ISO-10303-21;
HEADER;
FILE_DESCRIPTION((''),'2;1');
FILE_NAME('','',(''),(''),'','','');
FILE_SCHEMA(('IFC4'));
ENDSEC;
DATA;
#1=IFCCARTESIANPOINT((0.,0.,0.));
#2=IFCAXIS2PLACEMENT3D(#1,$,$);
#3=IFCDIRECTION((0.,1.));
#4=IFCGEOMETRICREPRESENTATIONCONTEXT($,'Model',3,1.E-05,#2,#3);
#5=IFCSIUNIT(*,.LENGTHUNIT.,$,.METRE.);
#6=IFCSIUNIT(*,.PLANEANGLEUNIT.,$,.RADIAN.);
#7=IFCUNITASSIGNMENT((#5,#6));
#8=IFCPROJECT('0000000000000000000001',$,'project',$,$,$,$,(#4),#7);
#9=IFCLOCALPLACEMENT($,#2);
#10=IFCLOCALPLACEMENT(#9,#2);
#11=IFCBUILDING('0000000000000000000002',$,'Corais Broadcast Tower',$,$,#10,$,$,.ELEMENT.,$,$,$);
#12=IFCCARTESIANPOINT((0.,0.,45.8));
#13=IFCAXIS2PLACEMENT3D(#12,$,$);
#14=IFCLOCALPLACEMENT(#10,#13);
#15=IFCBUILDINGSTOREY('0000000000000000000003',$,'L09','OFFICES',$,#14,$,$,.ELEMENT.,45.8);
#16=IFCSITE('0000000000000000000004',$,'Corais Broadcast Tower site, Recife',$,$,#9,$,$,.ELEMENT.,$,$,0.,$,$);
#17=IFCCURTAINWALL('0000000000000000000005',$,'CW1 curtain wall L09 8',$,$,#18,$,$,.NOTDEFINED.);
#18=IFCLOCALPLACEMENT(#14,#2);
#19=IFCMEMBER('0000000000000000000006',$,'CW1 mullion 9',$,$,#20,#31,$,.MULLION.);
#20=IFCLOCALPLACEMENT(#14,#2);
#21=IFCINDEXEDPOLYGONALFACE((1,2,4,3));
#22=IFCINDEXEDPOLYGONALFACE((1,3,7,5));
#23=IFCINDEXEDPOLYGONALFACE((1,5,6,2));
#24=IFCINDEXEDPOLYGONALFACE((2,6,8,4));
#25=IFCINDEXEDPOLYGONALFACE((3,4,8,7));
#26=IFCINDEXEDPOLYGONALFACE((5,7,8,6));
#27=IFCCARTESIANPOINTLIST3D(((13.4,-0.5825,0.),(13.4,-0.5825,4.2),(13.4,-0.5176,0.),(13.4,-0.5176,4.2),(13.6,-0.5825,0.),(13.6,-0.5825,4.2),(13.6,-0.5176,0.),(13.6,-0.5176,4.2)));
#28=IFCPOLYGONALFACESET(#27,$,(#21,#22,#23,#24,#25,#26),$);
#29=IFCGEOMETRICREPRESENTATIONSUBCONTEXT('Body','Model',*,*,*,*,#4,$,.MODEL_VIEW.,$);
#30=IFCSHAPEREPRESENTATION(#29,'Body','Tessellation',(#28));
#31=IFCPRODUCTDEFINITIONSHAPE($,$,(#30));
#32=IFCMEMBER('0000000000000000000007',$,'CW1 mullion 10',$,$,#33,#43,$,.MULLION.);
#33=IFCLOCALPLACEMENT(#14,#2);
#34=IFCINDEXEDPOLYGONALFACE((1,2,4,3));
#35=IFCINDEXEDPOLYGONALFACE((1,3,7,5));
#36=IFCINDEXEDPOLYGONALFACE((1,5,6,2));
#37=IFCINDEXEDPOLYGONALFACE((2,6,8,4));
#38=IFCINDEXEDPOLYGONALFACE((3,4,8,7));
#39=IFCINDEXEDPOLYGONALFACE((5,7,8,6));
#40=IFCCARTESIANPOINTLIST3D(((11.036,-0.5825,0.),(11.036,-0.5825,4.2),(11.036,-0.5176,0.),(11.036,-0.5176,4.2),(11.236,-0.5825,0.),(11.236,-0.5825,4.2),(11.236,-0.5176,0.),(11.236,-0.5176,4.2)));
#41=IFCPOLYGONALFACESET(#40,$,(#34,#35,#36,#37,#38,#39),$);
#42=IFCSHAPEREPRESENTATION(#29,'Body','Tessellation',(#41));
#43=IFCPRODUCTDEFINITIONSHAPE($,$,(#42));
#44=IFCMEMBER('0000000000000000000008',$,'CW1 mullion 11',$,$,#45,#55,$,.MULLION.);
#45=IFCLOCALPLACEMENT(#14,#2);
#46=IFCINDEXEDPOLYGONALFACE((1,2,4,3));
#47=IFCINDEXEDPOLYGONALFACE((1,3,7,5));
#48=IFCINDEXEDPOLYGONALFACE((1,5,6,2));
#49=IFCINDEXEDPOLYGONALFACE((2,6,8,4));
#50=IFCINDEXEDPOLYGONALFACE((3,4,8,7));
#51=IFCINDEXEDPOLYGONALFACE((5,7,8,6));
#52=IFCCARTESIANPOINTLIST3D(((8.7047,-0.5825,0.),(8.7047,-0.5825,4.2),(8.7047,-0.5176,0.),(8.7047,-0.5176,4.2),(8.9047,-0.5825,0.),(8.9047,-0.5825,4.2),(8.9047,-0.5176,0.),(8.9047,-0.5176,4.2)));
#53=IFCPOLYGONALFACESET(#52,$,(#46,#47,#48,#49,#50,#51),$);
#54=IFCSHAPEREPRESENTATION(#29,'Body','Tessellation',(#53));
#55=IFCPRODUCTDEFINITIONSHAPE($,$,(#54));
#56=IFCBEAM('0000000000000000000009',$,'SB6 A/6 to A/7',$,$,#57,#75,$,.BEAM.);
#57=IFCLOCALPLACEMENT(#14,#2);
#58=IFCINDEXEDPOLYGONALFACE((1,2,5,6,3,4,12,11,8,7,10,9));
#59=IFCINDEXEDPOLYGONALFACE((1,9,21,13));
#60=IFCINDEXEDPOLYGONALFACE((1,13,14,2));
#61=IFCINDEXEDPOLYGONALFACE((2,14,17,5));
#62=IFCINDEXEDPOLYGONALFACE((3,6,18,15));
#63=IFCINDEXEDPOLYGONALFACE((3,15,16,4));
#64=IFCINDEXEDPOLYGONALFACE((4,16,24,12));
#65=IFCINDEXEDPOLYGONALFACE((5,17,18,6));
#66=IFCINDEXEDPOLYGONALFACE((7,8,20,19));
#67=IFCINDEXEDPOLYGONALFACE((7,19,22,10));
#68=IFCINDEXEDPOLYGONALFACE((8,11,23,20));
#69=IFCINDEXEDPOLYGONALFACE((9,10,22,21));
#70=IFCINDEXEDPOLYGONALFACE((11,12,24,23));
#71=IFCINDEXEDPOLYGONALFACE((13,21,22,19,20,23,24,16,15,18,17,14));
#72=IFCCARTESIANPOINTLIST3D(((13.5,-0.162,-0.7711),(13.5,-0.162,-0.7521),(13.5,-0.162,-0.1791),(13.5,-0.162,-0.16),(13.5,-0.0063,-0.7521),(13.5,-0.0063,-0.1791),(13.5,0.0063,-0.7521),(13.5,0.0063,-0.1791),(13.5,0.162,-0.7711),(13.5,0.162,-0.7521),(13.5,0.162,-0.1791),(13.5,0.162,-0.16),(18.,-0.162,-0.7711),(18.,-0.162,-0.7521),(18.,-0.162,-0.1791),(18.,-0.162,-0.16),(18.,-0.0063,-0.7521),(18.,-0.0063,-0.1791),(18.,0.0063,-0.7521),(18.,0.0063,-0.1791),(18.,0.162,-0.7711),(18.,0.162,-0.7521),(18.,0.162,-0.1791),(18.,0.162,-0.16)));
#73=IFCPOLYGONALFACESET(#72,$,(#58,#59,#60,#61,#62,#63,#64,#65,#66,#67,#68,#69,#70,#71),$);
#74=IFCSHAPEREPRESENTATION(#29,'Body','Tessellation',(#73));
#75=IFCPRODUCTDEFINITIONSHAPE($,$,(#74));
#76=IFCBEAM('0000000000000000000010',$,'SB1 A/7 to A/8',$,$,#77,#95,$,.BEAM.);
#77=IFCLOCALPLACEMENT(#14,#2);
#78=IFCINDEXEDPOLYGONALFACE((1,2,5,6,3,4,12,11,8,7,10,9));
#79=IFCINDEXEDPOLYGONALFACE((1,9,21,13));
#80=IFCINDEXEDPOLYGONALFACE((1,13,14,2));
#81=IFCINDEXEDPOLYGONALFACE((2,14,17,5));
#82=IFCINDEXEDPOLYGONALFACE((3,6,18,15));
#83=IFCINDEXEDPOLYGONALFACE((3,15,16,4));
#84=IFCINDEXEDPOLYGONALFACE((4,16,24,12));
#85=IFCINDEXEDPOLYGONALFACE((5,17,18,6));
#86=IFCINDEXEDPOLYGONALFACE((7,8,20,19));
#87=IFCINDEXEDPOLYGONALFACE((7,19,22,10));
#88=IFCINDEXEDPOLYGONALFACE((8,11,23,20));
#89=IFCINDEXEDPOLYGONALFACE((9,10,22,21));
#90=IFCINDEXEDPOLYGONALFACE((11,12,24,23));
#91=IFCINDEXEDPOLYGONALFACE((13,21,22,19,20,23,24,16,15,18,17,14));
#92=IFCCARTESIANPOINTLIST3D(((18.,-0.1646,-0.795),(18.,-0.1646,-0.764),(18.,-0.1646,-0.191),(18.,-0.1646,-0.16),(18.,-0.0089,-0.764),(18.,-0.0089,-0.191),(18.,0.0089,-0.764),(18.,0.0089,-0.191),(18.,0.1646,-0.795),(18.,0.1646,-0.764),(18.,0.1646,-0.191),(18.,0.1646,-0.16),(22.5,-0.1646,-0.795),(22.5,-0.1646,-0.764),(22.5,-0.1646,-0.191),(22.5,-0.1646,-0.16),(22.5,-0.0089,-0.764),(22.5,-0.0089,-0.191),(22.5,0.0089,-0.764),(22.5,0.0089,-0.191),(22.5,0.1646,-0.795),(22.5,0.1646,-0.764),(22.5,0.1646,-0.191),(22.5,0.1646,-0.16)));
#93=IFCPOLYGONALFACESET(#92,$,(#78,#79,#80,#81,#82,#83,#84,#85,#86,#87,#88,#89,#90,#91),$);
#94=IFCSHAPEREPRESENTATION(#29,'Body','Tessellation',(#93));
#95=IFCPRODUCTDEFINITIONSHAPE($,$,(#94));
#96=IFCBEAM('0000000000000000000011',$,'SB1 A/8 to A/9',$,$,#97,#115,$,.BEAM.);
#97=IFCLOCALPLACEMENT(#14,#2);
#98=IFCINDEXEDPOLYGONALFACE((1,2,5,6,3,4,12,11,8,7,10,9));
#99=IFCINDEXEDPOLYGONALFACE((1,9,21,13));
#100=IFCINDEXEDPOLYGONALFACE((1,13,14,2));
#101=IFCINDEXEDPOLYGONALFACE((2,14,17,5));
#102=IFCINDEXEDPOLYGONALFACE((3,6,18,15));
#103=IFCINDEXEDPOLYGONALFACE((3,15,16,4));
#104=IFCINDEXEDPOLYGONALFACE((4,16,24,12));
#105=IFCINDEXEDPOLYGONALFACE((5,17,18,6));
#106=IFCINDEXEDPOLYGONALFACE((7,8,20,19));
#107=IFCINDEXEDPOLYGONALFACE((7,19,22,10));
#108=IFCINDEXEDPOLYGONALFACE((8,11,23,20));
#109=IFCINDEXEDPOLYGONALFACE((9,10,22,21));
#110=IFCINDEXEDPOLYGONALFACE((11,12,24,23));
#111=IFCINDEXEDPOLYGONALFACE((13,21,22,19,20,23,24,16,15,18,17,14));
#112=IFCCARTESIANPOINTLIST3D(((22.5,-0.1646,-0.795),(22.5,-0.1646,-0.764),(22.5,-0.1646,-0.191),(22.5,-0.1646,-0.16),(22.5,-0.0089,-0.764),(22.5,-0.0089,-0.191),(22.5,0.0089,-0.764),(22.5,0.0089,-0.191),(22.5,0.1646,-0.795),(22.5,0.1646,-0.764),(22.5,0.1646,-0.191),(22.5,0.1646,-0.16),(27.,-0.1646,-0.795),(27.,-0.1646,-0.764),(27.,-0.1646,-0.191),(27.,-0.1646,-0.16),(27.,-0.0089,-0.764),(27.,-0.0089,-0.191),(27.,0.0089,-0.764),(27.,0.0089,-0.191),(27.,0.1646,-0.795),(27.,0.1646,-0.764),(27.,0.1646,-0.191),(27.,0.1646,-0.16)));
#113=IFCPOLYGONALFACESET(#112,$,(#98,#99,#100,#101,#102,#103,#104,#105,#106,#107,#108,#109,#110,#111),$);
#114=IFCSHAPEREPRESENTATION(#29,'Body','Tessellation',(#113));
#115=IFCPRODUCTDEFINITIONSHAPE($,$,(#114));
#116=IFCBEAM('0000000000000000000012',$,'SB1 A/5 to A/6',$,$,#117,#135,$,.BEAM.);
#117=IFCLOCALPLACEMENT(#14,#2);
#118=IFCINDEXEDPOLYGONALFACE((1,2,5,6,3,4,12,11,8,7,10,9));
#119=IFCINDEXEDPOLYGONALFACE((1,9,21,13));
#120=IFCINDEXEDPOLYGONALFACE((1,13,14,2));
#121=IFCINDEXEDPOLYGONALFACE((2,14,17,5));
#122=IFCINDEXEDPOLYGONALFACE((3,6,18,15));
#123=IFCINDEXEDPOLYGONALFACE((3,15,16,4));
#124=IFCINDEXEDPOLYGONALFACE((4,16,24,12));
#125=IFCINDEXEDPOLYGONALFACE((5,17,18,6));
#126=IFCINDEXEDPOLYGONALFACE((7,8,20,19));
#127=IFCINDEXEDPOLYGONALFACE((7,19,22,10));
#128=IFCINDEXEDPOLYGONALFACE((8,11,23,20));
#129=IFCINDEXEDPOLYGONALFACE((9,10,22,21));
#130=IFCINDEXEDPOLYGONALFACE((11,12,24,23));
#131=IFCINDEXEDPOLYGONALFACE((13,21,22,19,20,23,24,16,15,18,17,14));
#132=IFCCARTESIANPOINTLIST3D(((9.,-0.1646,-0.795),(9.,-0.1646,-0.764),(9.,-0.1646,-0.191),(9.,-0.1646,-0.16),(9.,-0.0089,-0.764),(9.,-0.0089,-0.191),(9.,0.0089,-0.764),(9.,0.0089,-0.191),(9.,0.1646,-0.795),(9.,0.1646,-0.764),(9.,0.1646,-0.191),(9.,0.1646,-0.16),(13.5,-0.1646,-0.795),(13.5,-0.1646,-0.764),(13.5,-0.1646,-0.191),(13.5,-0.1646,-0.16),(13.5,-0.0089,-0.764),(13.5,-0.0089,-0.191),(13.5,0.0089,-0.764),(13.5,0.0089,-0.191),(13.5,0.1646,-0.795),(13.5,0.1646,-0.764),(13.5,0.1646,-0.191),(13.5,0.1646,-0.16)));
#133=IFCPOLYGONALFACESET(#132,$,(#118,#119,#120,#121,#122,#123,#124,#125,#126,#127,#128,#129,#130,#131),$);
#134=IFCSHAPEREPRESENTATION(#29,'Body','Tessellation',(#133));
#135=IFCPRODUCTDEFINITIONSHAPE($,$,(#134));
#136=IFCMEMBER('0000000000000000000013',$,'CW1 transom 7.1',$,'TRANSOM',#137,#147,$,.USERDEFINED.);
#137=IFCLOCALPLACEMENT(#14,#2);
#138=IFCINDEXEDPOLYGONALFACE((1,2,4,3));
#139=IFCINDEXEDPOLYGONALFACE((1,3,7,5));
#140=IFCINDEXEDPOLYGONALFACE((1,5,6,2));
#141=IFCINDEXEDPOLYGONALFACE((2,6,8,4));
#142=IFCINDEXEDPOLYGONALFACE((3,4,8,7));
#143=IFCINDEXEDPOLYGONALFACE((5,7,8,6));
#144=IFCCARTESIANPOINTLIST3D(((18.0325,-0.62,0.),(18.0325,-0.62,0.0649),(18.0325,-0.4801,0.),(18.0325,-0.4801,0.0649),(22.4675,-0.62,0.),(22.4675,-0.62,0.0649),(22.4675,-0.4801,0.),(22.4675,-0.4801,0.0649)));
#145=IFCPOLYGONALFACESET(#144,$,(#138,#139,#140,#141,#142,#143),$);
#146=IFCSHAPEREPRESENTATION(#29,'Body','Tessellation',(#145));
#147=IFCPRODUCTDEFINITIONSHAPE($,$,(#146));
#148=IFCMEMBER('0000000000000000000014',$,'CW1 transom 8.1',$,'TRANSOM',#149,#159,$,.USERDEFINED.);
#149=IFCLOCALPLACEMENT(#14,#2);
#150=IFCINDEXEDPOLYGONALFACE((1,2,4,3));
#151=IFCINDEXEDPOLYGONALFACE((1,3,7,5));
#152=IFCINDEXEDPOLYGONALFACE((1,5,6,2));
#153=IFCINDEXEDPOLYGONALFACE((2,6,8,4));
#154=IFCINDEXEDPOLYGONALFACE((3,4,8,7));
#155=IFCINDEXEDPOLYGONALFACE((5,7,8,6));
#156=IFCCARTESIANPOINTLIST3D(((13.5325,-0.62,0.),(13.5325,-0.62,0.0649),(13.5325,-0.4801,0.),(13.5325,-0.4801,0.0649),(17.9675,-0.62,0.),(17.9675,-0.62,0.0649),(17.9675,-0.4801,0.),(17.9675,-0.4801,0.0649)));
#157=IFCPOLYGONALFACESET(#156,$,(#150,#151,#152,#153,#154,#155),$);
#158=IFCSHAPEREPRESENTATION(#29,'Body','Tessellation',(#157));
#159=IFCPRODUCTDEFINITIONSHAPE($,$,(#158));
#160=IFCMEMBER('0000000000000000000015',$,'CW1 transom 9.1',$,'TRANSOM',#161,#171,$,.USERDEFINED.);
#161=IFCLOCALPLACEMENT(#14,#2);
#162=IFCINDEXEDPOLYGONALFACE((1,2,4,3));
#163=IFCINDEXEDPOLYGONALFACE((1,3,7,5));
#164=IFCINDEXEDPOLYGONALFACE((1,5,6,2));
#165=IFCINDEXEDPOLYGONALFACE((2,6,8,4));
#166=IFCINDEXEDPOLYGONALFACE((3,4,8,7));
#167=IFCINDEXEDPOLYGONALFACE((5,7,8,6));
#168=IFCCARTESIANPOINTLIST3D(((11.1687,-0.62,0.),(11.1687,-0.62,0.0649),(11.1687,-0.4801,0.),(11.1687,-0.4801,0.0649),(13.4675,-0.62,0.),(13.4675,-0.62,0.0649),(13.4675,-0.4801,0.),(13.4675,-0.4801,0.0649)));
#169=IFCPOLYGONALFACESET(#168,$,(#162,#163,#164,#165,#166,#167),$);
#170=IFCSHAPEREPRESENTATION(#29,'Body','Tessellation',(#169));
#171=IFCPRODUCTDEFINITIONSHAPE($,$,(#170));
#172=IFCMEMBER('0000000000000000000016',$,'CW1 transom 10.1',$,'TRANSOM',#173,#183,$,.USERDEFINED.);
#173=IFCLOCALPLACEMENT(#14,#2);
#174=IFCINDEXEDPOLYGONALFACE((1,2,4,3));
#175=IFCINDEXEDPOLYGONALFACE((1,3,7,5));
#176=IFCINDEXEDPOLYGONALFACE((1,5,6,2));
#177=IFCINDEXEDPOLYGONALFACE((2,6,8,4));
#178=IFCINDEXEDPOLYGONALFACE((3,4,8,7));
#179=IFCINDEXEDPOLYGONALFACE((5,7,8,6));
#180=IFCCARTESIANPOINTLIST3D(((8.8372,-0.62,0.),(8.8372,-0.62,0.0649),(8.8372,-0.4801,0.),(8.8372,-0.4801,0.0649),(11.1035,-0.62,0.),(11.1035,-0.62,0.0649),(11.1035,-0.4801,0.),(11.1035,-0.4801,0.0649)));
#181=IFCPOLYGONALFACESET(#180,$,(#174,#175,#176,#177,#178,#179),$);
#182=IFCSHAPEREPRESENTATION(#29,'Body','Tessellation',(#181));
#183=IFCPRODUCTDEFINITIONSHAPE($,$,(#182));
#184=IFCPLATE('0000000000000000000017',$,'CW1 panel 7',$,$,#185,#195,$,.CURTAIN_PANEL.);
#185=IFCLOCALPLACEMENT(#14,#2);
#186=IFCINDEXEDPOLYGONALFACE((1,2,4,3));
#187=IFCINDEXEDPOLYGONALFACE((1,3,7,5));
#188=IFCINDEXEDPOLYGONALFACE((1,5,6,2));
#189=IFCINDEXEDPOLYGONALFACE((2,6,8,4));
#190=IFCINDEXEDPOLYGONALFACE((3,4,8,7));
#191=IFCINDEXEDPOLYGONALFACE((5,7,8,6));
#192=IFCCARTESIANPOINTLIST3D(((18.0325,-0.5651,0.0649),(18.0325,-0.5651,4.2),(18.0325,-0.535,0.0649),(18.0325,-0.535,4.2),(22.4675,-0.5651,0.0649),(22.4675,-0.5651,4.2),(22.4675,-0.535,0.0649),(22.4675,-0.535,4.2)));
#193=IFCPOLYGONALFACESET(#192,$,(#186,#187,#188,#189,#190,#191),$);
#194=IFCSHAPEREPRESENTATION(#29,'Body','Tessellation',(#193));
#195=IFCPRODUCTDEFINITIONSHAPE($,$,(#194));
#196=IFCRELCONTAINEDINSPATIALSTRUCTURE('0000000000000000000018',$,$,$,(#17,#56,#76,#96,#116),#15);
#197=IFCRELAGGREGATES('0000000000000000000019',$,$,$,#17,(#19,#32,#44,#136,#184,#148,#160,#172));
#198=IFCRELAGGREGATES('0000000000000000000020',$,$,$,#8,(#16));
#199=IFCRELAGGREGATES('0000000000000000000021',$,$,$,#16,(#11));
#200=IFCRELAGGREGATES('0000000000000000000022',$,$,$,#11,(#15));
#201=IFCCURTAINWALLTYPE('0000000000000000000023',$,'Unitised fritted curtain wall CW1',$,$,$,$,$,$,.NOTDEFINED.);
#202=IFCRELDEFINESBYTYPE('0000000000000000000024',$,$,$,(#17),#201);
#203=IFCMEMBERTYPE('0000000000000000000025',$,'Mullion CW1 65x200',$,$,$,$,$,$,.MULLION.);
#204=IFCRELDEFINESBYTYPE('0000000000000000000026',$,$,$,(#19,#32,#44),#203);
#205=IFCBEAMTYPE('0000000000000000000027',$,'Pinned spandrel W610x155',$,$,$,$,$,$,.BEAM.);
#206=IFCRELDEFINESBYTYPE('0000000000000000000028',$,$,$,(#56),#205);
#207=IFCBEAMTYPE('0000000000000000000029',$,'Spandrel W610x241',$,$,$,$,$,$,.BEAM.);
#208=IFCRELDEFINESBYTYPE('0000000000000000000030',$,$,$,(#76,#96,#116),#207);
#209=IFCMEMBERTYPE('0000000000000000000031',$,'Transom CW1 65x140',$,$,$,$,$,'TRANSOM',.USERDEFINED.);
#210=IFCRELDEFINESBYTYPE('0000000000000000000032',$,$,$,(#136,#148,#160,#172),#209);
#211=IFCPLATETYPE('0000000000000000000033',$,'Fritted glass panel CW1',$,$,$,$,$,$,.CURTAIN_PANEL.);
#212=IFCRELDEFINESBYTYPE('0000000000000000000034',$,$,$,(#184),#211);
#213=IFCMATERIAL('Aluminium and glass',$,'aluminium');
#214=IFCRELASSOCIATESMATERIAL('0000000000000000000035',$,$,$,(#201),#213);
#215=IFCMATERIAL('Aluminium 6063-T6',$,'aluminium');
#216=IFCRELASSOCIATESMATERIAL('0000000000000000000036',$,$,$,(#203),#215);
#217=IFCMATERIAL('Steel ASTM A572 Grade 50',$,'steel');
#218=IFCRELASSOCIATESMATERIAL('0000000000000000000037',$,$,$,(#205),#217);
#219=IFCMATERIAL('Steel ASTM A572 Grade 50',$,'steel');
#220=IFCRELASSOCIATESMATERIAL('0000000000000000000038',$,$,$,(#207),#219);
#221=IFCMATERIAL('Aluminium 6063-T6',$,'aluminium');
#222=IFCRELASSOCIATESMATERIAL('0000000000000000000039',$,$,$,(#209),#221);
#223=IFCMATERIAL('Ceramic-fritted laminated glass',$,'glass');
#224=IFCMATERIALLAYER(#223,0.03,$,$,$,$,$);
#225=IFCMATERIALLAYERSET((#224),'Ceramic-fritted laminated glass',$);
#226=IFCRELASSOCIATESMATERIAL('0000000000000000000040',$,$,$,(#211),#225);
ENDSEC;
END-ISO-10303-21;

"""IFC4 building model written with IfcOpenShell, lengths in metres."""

from ifc_helpers import new_model, si_unit, direction, frame, origin, origin_2d, place, context, subcontext, project, spatial, rectangle, i_section, extrude, material, layer, layer_set, material_profile, profile_set, type_object, element, aggregate, save


model = new_model("IFC4")

# Units and contexts
model_context = context("Model", 3, precision=1e-05, world=origin(), true_north=direction((0.0, 1.0)))
body_context = subcontext(model_context, "Body", "Model", "MODEL_VIEW")
ifc_project = project(units=[si_unit("LENGTHUNIT", "METRE"), si_unit("PLANEANGLEUNIT", "RADIAN")], contexts=[model_context])

# Site, building, storey
site_placement = place(None, origin())
site = spatial("IfcSite", under=ifc_project, at=site_placement, Name="Corais Broadcast Tower site, Recife", CompositionType="ELEMENT", RefElevation=0.0)
building_placement = place(site_placement, origin())
building = spatial("IfcBuilding", under=site, at=building_placement, Name="Corais Broadcast Tower", CompositionType="ELEMENT")
storey_placement = place(building_placement, frame((0.0, 0.0, 45.8)))
storey = spatial("IfcBuildingStorey", under=building, at=storey_placement, Name="L09", Description="OFFICES", CompositionType="ELEMENT", Elevation=45.8)

# Curtain wall, members
ifc_material_1 = material(Name="Aluminium and glass", Category="aluminium")
curtain_wall_type = type_object("IfcCurtainWallType", Name="Unitised fritted curtain wall CW1", PredefinedType="NOTDEFINED", material=ifc_material_1)
curtain_wall_placement = place(storey_placement, origin())
curtain_wall = element("IfcCurtainWall", 1, at=curtain_wall_placement, inside=storey, type_object=curtain_wall_type, Name="CW1 curtain wall L09 8", PredefinedType="NOTDEFINED")
ifc_material_2 = material(Name="Aluminium 6063-T6", Category="aluminium")
ifc_material_profile_1 = material_profile(ifc_material_2, rectangle(XDim=0.0649, YDim=0.2, at=origin_2d()), Name="Mullion CW1 65x200")
ifc_profile_set_1 = profile_set([ifc_material_profile_1], Name="Aluminium 6063-T6")
member_type_1 = type_object("IfcMemberType", Name="Mullion CW1 65x200", PredefinedType="MULLION", material=ifc_profile_set_1)
member_1_placement = place(storey_placement, frame((13.5, -0.55, 0.0), z_axis=(0.0, 0.0, 1.0), x_axis=(0.0, -1.0, 0.0)))
member_1 = element("IfcMember", 2, at=member_1_placement, type_object=member_type_1, Name="CW1 mullion 9", PredefinedType="MULLION", context=body_context, shape_type="SweptSolid", body=[
    extrude(rectangle(XDim=0.0649, YDim=0.2, at=origin_2d()), origin(), (0.0, 0.0, 1.0), 4.2),
])
member_2_placement = place(storey_placement, frame((11.136, -0.55, 0.0), z_axis=(0.0, 0.0, 1.0), x_axis=(0.0, -1.0, 0.0)))
member_2 = element("IfcMember", 3, at=member_2_placement, type_object=member_type_1, Name="CW1 mullion 10", PredefinedType="MULLION", context=body_context, shape_type="SweptSolid", body=[
    extrude(rectangle(XDim=0.0649, YDim=0.2, at=origin_2d()), origin(), (0.0, 0.0, 1.0), 4.2),
])
member_3_placement = place(storey_placement, frame((8.8047, -0.55, 0.0), z_axis=(0.0, 0.0, 1.0), x_axis=(0.0, -1.0, 0.0)))
member_3 = element("IfcMember", 4, at=member_3_placement, type_object=member_type_1, Name="CW1 mullion 11", PredefinedType="MULLION", context=body_context, shape_type="SweptSolid", body=[
    extrude(rectangle(XDim=0.0649, YDim=0.2, at=origin_2d()), origin(), (0.0, 0.0, 1.0), 4.2),
])

# Beams
ifc_material_3 = material(Name="Steel ASTM A572 Grade 50", Category="steel")
ifc_material_profile_2 = material_profile(ifc_material_3, i_section(OverallWidth=0.324, OverallDepth=0.6111, WebThickness=0.0127, FlangeThickness=0.019, at=origin_2d()), Name="W610x155")
ifc_profile_set_2 = profile_set([ifc_material_profile_2], Name="Steel ASTM A572 Grade 50")
beam_type_1 = type_object("IfcBeamType", Name="Pinned spandrel W610x155", PredefinedType="BEAM", material=ifc_profile_set_2)
beam_1_placement = place(storey_placement, frame((13.5, 0.0, -0.4656), z_axis=(1.0, 0.0, 0.0), x_axis=(0.0, 1.0, 0.0)))
element("IfcBeam", 5, at=beam_1_placement, inside=storey, type_object=beam_type_1, Name="SB6 A/6 to A/7", PredefinedType="BEAM", context=body_context, shape_type="SweptSolid", body=[
    extrude(i_section(OverallWidth=0.324, OverallDepth=0.6111, WebThickness=0.0127, FlangeThickness=0.019, at=origin_2d()), origin(), (0.0, 0.0, 1.0), 4.5),
])
ifc_material_4 = material(Name="Steel ASTM A572 Grade 50", Category="steel")
ifc_material_profile_3 = material_profile(ifc_material_4, i_section(OverallWidth=0.3291, OverallDepth=0.635, WebThickness=0.0178, FlangeThickness=0.031, at=origin_2d()), Name="W610x241")
ifc_profile_set_3 = profile_set([ifc_material_profile_3], Name="Steel ASTM A572 Grade 50")
beam_type_2 = type_object("IfcBeamType", Name="Spandrel W610x241", PredefinedType="BEAM", material=ifc_profile_set_3)
for number, where, z_axis, x_axis, name in (
    (6, (18.0, 0.0, -0.4775), (1.0, 0.0, 0.0), (0.0, 1.0, 0.0), "SB1 A/7 to A/8"),
    (7, (22.5, 0.0, -0.4775), (1.0, 0.0, 0.0), (0.0, 1.0, 0.0), "SB1 A/8 to A/9"),
    (8, (9.0, 0.0, -0.4775), (1.0, 0.0, 0.0), (0.0, 1.0, 0.0), "SB1 A/5 to A/6"),
):
    element("IfcBeam", number, at=place(storey_placement, frame(where, z_axis=z_axis, x_axis=x_axis)), inside=storey, type_object=beam_type_2, Name=name, PredefinedType="BEAM", context=body_context, shape_type="SweptSolid", body=[
        extrude(i_section(OverallWidth=0.3291, OverallDepth=0.635, WebThickness=0.0178, FlangeThickness=0.031, at=origin_2d()), origin(), (0.0, 0.0, 1.0), 4.5),
    ])

# Members
ifc_material_5 = material(Name="Aluminium 6063-T6", Category="aluminium")
ifc_material_profile_4 = material_profile(ifc_material_5, rectangle(XDim=0.1399, YDim=0.0649, at=origin_2d()), Name="Transom CW1 65x140")
ifc_profile_set_4 = profile_set([ifc_material_profile_4], Name="Aluminium 6063-T6")
member_type_2 = type_object("IfcMemberType", Name="Transom CW1 65x140", ElementType="TRANSOM", PredefinedType="USERDEFINED", material=ifc_profile_set_4)
member_4_placement = place(storey_placement, frame((22.4675, -0.55, 0.0325), z_axis=(-1.0, 0.0, 0.0), x_axis=(0.0, -1.0, 0.0)))
member_4 = element("IfcMember", 9, at=member_4_placement, type_object=member_type_2, Name="CW1 transom 7.1", ObjectType="TRANSOM", PredefinedType="USERDEFINED", context=body_context, shape_type="SweptSolid", body=[
    extrude(rectangle(XDim=0.1399, YDim=0.0649, at=origin_2d()), origin(), (0.0, 0.0, 1.0), 4.4351),
])
member_5_placement = place(storey_placement, frame((17.9675, -0.55, 0.0325), z_axis=(-1.0, 0.0, 0.0), x_axis=(0.0, -1.0, 0.0)))
member_5 = element("IfcMember", 10, at=member_5_placement, type_object=member_type_2, Name="CW1 transom 8.1", ObjectType="TRANSOM", PredefinedType="USERDEFINED", context=body_context, shape_type="SweptSolid", body=[
    extrude(rectangle(XDim=0.1399, YDim=0.0649, at=origin_2d()), origin(), (0.0, 0.0, 1.0), 4.4351),
])
member_6_placement = place(storey_placement, frame((13.4675, -0.55, 0.0325), z_axis=(-1.0, 0.0, 0.0), x_axis=(0.0, -1.0, 0.0)))
member_6 = element("IfcMember", 11, at=member_6_placement, type_object=member_type_2, Name="CW1 transom 9.1", ObjectType="TRANSOM", PredefinedType="USERDEFINED", context=body_context, shape_type="SweptSolid", body=[
    extrude(rectangle(XDim=0.1399, YDim=0.0649, at=origin_2d()), origin(), (0.0, 0.0, 1.0), 2.2988),
])
member_7_placement = place(storey_placement, frame((11.1035, -0.55, 0.0325), z_axis=(-1.0, 0.0, 0.0), x_axis=(0.0, -1.0, 0.0)))
member_7 = element("IfcMember", 12, at=member_7_placement, type_object=member_type_2, Name="CW1 transom 10.1", ObjectType="TRANSOM", PredefinedType="USERDEFINED", context=body_context, shape_type="SweptSolid", body=[
    extrude(rectangle(XDim=0.1399, YDim=0.0649, at=origin_2d()), origin(), (0.0, 0.0, 1.0), 2.2664),
])

# Plate
ifc_material_6 = material(Name="Ceramic-fritted laminated glass", Category="glass")
ifc_layer_1 = layer(ifc_material_6, 0.03)
ifc_layer_set_1 = layer_set([ifc_layer_1], Name="Ceramic-fritted laminated glass")
plate_type_1 = type_object("IfcPlateType", Name="Fritted glass panel CW1", PredefinedType="CURTAIN_PANEL", material=ifc_layer_set_1)
plate_1_placement = place(storey_placement, frame((20.25, -0.55, 0.0649), z_axis=(0.0, 0.0, 1.0), x_axis=(-1.0, 0.0, 0.0)))
plate_1 = element("IfcPlate", 13, at=plate_1_placement, type_object=plate_type_1, Name="CW1 panel 7", PredefinedType="CURTAIN_PANEL", context=body_context, shape_type="SweptSolid", body=[
    extrude(rectangle(XDim=4.4351, YDim=0.03, at=origin_2d()), origin(), (0.0, 0.0, 1.0), 4.135),
])
aggregate(curtain_wall, [member_1, member_2, member_3, member_4, plate_1, member_5, member_6, member_7])

save(model, "model.ifc")
